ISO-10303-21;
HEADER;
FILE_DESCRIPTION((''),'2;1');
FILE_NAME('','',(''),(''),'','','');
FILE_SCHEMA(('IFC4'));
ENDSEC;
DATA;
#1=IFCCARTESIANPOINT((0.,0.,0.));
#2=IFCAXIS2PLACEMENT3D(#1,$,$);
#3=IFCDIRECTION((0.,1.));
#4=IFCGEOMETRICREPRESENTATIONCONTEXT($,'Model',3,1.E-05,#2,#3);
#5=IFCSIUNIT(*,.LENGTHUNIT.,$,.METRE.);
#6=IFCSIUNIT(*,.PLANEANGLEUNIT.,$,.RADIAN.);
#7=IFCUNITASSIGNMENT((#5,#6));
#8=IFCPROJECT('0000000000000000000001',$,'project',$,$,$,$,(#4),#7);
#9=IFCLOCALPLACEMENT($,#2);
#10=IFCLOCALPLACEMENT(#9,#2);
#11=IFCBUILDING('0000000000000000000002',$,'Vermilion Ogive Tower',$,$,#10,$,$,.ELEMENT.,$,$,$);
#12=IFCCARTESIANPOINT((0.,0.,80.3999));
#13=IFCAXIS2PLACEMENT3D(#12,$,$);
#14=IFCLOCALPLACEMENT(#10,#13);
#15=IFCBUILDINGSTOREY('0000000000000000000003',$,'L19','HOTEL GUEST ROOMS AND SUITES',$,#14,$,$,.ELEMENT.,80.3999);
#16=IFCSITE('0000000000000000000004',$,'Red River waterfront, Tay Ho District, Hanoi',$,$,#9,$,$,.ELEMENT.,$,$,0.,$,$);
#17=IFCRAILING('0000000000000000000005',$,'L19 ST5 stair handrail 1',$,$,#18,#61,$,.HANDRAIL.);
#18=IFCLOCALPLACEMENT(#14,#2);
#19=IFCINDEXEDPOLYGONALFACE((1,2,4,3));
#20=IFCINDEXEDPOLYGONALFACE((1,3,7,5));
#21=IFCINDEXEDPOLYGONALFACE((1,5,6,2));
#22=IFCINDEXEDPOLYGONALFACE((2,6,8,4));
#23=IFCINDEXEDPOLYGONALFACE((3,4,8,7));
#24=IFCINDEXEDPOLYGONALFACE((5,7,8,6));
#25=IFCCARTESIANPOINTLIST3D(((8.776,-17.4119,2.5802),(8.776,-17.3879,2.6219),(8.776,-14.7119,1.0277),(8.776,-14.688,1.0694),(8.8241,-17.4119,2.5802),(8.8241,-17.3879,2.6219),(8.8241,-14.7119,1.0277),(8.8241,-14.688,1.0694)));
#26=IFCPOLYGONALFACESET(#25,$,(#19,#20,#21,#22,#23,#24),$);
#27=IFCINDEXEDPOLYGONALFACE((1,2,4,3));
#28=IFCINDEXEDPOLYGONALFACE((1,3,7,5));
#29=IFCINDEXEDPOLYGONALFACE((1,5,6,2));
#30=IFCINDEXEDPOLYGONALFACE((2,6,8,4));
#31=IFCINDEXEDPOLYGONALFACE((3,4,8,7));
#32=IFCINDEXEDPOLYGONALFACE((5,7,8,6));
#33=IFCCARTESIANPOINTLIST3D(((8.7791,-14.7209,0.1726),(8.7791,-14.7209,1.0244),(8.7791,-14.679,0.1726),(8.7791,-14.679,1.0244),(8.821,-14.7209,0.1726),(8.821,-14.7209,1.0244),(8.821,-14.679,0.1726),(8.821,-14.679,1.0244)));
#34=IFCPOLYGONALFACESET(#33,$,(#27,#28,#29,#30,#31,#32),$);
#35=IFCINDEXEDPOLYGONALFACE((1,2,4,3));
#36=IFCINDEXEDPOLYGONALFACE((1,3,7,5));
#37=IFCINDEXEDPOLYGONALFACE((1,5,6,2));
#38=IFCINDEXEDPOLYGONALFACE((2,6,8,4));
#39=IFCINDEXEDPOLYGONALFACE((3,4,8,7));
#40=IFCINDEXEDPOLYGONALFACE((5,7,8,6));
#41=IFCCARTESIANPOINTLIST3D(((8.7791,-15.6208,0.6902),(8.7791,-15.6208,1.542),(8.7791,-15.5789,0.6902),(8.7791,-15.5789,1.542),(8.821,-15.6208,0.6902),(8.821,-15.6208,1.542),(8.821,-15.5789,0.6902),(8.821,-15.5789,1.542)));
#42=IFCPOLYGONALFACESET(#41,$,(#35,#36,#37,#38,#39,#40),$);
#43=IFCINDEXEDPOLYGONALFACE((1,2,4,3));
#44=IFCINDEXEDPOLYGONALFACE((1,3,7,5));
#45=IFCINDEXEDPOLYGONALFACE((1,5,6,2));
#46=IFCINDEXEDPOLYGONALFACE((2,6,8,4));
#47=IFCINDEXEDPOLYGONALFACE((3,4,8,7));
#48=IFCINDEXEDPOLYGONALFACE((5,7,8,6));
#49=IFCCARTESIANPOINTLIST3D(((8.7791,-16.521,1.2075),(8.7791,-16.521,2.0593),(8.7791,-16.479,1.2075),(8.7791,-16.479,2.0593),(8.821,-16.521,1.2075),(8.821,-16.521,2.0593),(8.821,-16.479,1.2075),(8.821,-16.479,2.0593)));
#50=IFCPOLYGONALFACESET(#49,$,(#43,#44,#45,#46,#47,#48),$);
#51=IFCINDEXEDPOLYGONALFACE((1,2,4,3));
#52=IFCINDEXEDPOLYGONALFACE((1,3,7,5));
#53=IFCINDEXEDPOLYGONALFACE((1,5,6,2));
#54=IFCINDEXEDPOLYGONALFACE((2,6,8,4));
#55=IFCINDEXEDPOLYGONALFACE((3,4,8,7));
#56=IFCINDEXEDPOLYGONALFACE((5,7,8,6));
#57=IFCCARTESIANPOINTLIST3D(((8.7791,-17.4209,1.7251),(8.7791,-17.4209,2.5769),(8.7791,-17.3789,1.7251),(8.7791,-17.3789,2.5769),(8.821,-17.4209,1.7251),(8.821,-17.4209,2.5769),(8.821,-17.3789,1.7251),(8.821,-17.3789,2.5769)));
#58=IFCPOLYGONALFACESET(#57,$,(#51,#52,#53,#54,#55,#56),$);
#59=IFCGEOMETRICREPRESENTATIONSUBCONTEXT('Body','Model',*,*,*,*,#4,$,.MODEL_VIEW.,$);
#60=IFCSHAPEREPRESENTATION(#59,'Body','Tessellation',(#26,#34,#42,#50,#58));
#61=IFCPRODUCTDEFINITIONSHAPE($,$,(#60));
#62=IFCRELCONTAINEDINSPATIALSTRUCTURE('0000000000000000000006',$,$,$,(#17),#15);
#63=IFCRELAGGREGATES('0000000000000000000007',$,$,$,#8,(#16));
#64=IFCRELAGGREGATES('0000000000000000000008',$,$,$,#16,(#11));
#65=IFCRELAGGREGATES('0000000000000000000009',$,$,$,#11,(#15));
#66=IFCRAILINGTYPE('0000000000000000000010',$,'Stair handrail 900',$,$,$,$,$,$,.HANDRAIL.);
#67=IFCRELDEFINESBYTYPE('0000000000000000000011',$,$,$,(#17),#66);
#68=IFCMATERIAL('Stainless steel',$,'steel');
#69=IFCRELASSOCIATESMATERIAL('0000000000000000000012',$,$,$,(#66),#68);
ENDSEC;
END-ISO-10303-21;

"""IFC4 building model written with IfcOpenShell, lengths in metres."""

from ifc_helpers import new_model, si_unit, direction, frame, origin, origin_2d, place, context, subcontext, project, spatial, rectangle, extrude, material, type_object, element, save


model = new_model("IFC4")

# Units and contexts
model_context = context("Model", 3, precision=1e-05, world=origin(), true_north=direction((0.0, 1.0)))
body_context = subcontext(model_context, "Body", "Model", "MODEL_VIEW")
ifc_project = project(units=[si_unit("LENGTHUNIT", "METRE"), si_unit("PLANEANGLEUNIT", "RADIAN")], contexts=[model_context])

# Site, building, storey
site_placement = place(None, origin())
site = spatial("IfcSite", under=ifc_project, at=site_placement, Name="Red River waterfront, Tay Ho District, Hanoi", CompositionType="ELEMENT", RefElevation=0.0)
building_placement = place(site_placement, origin())
building = spatial("IfcBuilding", under=site, at=building_placement, Name="Vermilion Ogive Tower", CompositionType="ELEMENT")
storey_placement = place(building_placement, frame((0.0, 0.0, 80.3999)))
storey = spatial("IfcBuildingStorey", under=building, at=storey_placement, Name="L19", Description="HOTEL GUEST ROOMS AND SUITES", CompositionType="ELEMENT", Elevation=80.3999)

# Railing
ifc_material_1 = material(Name="Stainless steel", Category="steel")
railing_type_1 = type_object("IfcRailingType", Name="Stair handrail 900", PredefinedType="HANDRAIL", material=ifc_material_1)
railing_1_placement = place(storey_placement, frame((8.8, -14.7, 0.1726)))
element("IfcRailing", 1, at=railing_1_placement, inside=storey, type_object=railing_type_1, Name="L19 ST5 stair handrail 1", PredefinedType="HANDRAIL", context=body_context, shape_type="SweptSolid", body=[
    extrude(rectangle(XDim=0.0481, YDim=0.0481, at=origin_2d()), frame((0.0, 0.0, 0.876), z_axis=(0.0, -0.866904, 0.498476), x_axis=(1.0, 0.0, 0.0)), (0.0, 0.0, 1.0), 3.1145),
    extrude(rectangle(XDim=0.042, YDim=0.042, at=origin_2d()), origin(), (0.0, 0.0, 1.0), 0.8518),
    extrude(rectangle(XDim=0.042, YDim=0.042, at=origin_2d()), frame((0.0, -0.8999, 0.5176)), (0.0, 0.0, 1.0), 0.8518),
    extrude(rectangle(XDim=0.042, YDim=0.042, at=origin_2d()), frame((0.0, -1.8, 1.0349)), (0.0, 0.0, 1.0), 0.8518),
    extrude(rectangle(XDim=0.042, YDim=0.042, at=origin_2d()), frame((0.0, -2.7, 1.5525)), (0.0, 0.0, 1.0), 0.8518),
])

save(model, "model.ifc")
